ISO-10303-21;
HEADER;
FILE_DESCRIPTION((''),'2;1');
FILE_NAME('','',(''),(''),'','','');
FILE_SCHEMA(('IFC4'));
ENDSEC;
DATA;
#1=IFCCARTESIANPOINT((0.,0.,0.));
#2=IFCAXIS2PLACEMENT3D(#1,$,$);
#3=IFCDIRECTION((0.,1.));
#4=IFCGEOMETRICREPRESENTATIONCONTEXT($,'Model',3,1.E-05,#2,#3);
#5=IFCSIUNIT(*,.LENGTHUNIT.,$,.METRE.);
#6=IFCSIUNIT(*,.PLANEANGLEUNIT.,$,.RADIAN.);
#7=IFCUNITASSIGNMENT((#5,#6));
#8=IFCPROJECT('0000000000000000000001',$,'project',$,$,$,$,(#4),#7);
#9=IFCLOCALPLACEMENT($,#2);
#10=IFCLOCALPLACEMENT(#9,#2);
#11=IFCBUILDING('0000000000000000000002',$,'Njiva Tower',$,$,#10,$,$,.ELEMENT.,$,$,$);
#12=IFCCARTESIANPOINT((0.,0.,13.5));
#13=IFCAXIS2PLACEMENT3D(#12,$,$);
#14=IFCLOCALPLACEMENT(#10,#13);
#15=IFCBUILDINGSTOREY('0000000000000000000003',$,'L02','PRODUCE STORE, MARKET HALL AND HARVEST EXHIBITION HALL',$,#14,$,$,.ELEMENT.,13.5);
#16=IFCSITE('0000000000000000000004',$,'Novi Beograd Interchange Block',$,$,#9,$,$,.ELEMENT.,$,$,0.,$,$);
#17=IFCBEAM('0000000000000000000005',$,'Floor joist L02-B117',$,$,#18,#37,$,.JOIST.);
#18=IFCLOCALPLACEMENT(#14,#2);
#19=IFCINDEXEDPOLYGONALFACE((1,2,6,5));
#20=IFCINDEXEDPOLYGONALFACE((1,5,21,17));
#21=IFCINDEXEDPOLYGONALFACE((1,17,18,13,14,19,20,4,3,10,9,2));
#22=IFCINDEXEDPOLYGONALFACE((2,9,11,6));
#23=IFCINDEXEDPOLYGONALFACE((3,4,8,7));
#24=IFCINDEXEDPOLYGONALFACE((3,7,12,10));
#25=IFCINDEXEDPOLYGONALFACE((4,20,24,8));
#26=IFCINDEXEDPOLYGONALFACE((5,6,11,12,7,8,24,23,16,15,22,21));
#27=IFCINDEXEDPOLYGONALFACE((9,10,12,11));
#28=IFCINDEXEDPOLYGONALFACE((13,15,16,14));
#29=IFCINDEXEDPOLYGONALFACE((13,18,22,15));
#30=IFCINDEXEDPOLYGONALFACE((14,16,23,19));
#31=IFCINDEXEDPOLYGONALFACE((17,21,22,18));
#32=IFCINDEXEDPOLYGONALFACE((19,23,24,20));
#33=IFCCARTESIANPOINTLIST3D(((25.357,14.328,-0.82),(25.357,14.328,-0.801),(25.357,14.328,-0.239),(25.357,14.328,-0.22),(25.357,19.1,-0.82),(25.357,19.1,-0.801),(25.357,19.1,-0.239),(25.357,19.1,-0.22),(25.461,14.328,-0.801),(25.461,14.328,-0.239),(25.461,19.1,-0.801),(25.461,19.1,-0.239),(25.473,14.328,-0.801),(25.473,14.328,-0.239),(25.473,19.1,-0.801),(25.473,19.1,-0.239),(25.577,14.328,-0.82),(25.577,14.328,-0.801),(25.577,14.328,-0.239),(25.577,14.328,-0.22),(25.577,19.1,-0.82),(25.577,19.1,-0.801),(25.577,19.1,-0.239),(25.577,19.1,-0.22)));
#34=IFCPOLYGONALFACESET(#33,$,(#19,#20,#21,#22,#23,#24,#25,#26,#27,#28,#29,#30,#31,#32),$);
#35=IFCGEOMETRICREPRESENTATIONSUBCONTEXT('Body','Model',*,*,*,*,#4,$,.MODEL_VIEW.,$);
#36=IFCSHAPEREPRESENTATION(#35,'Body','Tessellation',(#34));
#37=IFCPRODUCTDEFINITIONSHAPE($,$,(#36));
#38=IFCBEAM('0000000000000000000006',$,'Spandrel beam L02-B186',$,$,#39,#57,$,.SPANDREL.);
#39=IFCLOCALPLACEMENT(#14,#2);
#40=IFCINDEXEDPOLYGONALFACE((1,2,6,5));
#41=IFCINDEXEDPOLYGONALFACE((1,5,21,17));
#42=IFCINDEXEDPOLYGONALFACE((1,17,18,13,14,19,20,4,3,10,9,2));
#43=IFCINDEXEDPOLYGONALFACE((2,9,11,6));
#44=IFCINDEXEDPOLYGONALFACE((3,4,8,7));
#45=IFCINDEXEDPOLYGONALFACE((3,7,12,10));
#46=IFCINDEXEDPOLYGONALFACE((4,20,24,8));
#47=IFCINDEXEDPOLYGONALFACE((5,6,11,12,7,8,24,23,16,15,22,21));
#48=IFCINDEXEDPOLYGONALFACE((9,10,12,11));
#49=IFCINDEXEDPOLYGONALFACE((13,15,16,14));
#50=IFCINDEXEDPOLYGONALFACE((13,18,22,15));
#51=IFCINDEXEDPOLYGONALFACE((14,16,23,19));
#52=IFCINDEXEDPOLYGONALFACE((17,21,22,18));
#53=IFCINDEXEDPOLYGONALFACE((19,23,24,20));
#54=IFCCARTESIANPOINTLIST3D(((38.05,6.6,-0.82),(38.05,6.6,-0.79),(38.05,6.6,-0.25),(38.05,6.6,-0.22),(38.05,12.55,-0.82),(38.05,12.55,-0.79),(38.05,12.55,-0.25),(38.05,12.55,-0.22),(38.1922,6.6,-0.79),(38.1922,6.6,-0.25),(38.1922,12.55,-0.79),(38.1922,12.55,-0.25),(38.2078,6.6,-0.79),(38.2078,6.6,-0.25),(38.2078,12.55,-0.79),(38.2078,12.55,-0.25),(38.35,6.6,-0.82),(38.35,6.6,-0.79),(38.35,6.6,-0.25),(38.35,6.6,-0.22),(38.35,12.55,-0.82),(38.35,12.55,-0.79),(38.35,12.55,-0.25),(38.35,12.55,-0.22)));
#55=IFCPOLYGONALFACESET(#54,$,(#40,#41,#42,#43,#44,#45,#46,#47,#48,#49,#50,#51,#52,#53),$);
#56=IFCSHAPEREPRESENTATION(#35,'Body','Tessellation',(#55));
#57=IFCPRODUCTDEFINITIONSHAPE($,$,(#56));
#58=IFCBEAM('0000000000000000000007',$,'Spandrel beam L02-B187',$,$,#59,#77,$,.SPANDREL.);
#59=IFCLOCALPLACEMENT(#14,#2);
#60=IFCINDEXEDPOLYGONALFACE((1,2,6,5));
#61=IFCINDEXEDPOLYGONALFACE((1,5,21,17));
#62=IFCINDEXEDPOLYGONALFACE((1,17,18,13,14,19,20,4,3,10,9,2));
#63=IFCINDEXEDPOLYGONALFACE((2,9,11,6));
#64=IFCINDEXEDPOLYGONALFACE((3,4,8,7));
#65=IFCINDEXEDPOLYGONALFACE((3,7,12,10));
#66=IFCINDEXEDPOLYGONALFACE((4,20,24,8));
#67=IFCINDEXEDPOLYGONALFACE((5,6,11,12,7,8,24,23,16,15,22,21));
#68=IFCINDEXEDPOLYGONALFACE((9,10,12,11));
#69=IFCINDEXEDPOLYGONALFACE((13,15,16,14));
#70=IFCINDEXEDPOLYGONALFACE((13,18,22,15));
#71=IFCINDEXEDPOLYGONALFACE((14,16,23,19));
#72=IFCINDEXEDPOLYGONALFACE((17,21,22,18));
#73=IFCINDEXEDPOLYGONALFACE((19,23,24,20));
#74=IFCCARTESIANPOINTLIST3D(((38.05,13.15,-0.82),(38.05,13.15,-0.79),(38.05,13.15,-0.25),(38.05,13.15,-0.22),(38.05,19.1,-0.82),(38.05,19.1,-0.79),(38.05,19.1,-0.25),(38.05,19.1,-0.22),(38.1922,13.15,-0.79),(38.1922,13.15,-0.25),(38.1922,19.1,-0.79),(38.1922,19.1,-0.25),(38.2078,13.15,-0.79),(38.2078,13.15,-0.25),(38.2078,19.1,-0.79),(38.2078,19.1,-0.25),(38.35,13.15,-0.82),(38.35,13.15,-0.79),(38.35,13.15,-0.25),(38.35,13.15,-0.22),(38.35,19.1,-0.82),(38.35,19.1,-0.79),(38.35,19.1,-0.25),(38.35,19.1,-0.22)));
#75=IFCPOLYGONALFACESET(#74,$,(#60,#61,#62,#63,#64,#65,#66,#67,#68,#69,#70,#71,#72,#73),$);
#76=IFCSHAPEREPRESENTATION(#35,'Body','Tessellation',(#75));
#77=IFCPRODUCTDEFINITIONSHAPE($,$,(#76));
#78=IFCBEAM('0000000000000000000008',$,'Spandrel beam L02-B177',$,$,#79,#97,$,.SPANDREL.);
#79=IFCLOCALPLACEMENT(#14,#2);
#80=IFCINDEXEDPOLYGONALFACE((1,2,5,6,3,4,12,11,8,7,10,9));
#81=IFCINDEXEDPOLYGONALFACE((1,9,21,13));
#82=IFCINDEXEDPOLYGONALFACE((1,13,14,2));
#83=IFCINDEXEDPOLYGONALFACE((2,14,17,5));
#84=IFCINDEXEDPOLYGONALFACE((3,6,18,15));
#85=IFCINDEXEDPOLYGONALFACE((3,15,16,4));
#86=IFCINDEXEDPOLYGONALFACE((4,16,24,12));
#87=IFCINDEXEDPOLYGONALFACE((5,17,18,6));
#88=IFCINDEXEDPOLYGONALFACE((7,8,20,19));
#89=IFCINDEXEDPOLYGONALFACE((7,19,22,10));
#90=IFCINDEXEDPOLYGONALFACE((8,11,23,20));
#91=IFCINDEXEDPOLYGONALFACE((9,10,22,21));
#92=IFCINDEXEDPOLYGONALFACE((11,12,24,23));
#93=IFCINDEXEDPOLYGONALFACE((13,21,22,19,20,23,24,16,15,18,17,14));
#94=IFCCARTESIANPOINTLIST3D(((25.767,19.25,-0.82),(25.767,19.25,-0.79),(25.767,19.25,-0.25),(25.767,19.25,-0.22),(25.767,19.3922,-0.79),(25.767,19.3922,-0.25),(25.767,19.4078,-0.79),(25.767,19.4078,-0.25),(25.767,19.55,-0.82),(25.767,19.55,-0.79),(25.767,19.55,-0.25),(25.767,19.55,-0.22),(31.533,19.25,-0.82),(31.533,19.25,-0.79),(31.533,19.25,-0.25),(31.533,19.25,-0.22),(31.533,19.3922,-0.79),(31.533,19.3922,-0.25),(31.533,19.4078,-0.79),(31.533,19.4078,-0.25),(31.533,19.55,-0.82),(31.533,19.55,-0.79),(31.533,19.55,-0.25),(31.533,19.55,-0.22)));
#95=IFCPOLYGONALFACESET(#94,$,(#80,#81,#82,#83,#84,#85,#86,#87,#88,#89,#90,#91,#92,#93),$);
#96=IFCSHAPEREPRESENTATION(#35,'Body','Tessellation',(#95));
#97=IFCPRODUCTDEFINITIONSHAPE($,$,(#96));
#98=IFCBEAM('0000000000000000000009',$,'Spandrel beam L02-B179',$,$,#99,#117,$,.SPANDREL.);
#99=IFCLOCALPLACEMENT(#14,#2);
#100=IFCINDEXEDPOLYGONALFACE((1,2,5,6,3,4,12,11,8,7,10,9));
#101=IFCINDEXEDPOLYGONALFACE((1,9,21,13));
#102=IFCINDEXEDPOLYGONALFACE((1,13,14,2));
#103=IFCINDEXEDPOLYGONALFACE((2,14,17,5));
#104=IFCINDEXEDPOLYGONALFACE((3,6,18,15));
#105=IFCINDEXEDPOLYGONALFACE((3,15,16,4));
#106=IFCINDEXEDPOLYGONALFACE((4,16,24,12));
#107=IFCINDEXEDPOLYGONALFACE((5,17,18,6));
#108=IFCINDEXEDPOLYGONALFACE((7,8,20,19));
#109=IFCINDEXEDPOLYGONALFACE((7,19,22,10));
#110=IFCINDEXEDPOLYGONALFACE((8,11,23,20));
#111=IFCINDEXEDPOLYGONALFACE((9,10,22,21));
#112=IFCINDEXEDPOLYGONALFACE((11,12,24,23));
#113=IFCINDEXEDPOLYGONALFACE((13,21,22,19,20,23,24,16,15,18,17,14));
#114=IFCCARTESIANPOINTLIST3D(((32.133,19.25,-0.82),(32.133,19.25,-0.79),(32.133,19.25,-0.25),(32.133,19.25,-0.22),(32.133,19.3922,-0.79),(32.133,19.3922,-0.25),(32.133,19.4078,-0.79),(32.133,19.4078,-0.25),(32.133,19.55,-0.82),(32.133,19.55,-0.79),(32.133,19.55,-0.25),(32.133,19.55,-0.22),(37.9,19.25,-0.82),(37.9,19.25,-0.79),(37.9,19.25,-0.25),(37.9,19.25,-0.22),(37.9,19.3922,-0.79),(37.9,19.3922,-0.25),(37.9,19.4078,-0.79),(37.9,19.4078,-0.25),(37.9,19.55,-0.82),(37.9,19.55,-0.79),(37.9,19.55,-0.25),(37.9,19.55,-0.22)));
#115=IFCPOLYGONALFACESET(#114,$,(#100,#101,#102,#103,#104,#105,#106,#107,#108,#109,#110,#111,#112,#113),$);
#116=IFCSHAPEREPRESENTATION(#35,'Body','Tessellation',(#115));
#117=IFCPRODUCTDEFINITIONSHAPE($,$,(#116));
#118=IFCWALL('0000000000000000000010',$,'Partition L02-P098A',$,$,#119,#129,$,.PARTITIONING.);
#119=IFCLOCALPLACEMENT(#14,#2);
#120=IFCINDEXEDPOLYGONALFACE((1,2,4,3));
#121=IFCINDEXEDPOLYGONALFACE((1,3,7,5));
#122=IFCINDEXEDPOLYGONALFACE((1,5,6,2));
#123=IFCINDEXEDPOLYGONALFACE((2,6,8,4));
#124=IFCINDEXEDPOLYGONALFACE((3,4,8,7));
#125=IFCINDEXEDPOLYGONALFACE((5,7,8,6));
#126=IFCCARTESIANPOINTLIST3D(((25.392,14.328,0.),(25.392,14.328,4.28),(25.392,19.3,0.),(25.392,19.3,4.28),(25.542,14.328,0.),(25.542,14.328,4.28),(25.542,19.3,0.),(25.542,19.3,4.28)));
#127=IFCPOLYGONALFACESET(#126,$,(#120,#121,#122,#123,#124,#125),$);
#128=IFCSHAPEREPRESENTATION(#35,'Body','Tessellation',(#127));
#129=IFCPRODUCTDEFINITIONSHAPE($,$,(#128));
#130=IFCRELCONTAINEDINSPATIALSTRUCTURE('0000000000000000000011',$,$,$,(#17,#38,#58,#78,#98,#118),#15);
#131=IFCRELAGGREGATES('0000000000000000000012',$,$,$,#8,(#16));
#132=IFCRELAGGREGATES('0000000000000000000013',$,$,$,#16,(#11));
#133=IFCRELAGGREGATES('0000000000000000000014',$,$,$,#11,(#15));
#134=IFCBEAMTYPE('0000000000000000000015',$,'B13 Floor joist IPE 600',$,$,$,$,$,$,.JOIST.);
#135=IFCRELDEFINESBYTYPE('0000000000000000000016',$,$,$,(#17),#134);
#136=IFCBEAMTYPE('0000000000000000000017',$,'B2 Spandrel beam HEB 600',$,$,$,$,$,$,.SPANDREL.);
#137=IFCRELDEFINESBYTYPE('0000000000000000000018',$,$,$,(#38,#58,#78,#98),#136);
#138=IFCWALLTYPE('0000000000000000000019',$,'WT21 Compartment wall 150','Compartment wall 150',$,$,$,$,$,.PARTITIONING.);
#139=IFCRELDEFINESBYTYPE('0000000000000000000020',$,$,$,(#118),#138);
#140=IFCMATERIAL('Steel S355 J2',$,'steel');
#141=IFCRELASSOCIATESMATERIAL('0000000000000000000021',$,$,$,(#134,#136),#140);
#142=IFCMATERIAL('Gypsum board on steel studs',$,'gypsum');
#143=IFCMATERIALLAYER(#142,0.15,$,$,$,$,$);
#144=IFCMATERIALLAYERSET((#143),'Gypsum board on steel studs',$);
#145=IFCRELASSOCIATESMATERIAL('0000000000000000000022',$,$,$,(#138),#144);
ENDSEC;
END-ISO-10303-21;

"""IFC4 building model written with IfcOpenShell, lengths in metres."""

from ifc_helpers import new_model, si_unit, direction, frame, frame_2d, origin, origin_2d, place, context, subcontext, project, spatial, rectangle, i_section, extrude, material, layer, layer_set, material_profile, profile_set, type_object, element, save


model = new_model("IFC4")

# Units and contexts
model_context = context("Model", 3, precision=1e-05, world=origin(), true_north=direction((0.0, 1.0)))
body_context = subcontext(model_context, "Body", "Model", "MODEL_VIEW")
ifc_project = project(units=[si_unit("LENGTHUNIT", "METRE"), si_unit("PLANEANGLEUNIT", "RADIAN")], contexts=[model_context])

# Site, building, storey
site_placement = place(None, origin())
site = spatial("IfcSite", under=ifc_project, at=site_placement, Name="Novi Beograd Interchange Block", CompositionType="ELEMENT", RefElevation=0.0)
building_placement = place(site_placement, origin())
building = spatial("IfcBuilding", under=site, at=building_placement, Name="Njiva Tower", CompositionType="ELEMENT")
storey_placement = place(building_placement, frame((0.0, 0.0, 13.5)))
storey = spatial("IfcBuildingStorey", under=building, at=storey_placement, Name="L02", Description="PRODUCE STORE, MARKET HALL AND HARVEST EXHIBITION HALL", CompositionType="ELEMENT", Elevation=13.5)

# Shared definitions
ifc_material_1 = material(Name="Steel S355 J2", Category="steel")

# Beams
ifc_material_profile_1 = material_profile(ifc_material_1, i_section(OverallWidth=0.22, OverallDepth=0.6, WebThickness=0.012, FlangeThickness=0.019, at=origin_2d()), Name="IPE 600")
ifc_profile_set_1 = profile_set([ifc_material_profile_1], Name="Steel S355 J2")
beam_type_1 = type_object("IfcBeamType", Name="B13 Floor joist IPE 600", PredefinedType="JOIST", material=ifc_profile_set_1)
beam_1_placement = place(storey_placement, frame((25.467, 19.1, -0.52), z_axis=(0.0, -1.0, 0.0), x_axis=(1.0, 0.0, 0.0)))
element("IfcBeam", 1, at=beam_1_placement, inside=storey, type_object=beam_type_1, Name="Floor joist L02-B117", PredefinedType="JOIST", context=body_context, shape_type="SweptSolid", body=[
    extrude(i_section(OverallWidth=0.22, OverallDepth=0.6, WebThickness=0.012, FlangeThickness=0.019, at=origin_2d()), origin(), (0.0, 0.0, 1.0), 4.772),
])
ifc_material_profile_2 = material_profile(ifc_material_1, i_section(OverallWidth=0.3, OverallDepth=0.6, WebThickness=0.0155, FlangeThickness=0.03, at=origin_2d()), Name="HEB 600")
ifc_profile_set_2 = profile_set([ifc_material_profile_2], Name="Steel S355 J2")
beam_type_2 = type_object("IfcBeamType", Name="B2 Spandrel beam HEB 600", PredefinedType="SPANDREL", material=ifc_profile_set_2)
for number, where, z_axis, x_axis, name in (
    (2, (38.2, 6.6, -0.52), (0.0, 1.0, 0.0), (-1.0, 0.0, 0.0), "Spandrel beam L02-B186"),
    (3, (38.2, 13.15, -0.52), (0.0, 1.0, 0.0), (-1.0, 0.0, 0.0), "Spandrel beam L02-B187"),
):
    element("IfcBeam", number, at=place(storey_placement, frame(where, z_axis=z_axis, x_axis=x_axis)), inside=storey, type_object=beam_type_2, Name=name, PredefinedType="SPANDREL", context=body_context, shape_type="SweptSolid", body=[
        extrude(i_section(OverallWidth=0.3, OverallDepth=0.6, WebThickness=0.0155, FlangeThickness=0.03, at=origin_2d()), origin(), (0.0, 0.0, 1.0), 5.95),
    ])
beam_2_placement = place(storey_placement, frame((25.767, 19.4, -0.52), z_axis=(1.0, 0.0, 0.0), x_axis=(0.0, 1.0, 0.0)))
element("IfcBeam", 4, at=beam_2_placement, inside=storey, type_object=beam_type_2, Name="Spandrel beam L02-B177", PredefinedType="SPANDREL", context=body_context, shape_type="SweptSolid", body=[
    extrude(i_section(OverallWidth=0.3, OverallDepth=0.6, WebThickness=0.0155, FlangeThickness=0.03, at=origin_2d()), origin(), (0.0, 0.0, 1.0), 5.766),
])
beam_3_placement = place(storey_placement, frame((32.133, 19.4, -0.52), z_axis=(1.0, 0.0, 0.0), x_axis=(0.0, 1.0, 0.0)))
element("IfcBeam", 5, at=beam_3_placement, inside=storey, type_object=beam_type_2, Name="Spandrel beam L02-B179", PredefinedType="SPANDREL", context=body_context, shape_type="SweptSolid", body=[
    extrude(i_section(OverallWidth=0.3, OverallDepth=0.6, WebThickness=0.0155, FlangeThickness=0.03, at=origin_2d()), origin(), (0.0, 0.0, 1.0), 5.767),
])

# Wall
ifc_material_2 = material(Name="Gypsum board on steel studs", Category="gypsum")
ifc_layer_1 = layer(ifc_material_2, 0.15)
ifc_layer_set_1 = layer_set([ifc_layer_1], Name="Gypsum board on steel studs")
wall_type_1 = type_object("IfcWallType", Name="WT21 Compartment wall 150", Description="Compartment wall 150", PredefinedType="PARTITIONING", material=ifc_layer_set_1)
wall_1_placement = place(storey_placement, frame((25.467, 14.328, 0.0), z_axis=(0.0, 0.0, 1.0), x_axis=(0.0, 1.0, 0.0)))
element("IfcWall", 6, at=wall_1_placement, inside=storey, type_object=wall_type_1, Name="Partition L02-P098A", PredefinedType="PARTITIONING", context=body_context, shape_type="SweptSolid", body=[
    extrude(rectangle(XDim=4.972, YDim=0.15, at=frame_2d((2.486, 0.0))), origin(), (0.0, 0.0, 1.0), 4.28),
])

save(model, "model.ifc")
